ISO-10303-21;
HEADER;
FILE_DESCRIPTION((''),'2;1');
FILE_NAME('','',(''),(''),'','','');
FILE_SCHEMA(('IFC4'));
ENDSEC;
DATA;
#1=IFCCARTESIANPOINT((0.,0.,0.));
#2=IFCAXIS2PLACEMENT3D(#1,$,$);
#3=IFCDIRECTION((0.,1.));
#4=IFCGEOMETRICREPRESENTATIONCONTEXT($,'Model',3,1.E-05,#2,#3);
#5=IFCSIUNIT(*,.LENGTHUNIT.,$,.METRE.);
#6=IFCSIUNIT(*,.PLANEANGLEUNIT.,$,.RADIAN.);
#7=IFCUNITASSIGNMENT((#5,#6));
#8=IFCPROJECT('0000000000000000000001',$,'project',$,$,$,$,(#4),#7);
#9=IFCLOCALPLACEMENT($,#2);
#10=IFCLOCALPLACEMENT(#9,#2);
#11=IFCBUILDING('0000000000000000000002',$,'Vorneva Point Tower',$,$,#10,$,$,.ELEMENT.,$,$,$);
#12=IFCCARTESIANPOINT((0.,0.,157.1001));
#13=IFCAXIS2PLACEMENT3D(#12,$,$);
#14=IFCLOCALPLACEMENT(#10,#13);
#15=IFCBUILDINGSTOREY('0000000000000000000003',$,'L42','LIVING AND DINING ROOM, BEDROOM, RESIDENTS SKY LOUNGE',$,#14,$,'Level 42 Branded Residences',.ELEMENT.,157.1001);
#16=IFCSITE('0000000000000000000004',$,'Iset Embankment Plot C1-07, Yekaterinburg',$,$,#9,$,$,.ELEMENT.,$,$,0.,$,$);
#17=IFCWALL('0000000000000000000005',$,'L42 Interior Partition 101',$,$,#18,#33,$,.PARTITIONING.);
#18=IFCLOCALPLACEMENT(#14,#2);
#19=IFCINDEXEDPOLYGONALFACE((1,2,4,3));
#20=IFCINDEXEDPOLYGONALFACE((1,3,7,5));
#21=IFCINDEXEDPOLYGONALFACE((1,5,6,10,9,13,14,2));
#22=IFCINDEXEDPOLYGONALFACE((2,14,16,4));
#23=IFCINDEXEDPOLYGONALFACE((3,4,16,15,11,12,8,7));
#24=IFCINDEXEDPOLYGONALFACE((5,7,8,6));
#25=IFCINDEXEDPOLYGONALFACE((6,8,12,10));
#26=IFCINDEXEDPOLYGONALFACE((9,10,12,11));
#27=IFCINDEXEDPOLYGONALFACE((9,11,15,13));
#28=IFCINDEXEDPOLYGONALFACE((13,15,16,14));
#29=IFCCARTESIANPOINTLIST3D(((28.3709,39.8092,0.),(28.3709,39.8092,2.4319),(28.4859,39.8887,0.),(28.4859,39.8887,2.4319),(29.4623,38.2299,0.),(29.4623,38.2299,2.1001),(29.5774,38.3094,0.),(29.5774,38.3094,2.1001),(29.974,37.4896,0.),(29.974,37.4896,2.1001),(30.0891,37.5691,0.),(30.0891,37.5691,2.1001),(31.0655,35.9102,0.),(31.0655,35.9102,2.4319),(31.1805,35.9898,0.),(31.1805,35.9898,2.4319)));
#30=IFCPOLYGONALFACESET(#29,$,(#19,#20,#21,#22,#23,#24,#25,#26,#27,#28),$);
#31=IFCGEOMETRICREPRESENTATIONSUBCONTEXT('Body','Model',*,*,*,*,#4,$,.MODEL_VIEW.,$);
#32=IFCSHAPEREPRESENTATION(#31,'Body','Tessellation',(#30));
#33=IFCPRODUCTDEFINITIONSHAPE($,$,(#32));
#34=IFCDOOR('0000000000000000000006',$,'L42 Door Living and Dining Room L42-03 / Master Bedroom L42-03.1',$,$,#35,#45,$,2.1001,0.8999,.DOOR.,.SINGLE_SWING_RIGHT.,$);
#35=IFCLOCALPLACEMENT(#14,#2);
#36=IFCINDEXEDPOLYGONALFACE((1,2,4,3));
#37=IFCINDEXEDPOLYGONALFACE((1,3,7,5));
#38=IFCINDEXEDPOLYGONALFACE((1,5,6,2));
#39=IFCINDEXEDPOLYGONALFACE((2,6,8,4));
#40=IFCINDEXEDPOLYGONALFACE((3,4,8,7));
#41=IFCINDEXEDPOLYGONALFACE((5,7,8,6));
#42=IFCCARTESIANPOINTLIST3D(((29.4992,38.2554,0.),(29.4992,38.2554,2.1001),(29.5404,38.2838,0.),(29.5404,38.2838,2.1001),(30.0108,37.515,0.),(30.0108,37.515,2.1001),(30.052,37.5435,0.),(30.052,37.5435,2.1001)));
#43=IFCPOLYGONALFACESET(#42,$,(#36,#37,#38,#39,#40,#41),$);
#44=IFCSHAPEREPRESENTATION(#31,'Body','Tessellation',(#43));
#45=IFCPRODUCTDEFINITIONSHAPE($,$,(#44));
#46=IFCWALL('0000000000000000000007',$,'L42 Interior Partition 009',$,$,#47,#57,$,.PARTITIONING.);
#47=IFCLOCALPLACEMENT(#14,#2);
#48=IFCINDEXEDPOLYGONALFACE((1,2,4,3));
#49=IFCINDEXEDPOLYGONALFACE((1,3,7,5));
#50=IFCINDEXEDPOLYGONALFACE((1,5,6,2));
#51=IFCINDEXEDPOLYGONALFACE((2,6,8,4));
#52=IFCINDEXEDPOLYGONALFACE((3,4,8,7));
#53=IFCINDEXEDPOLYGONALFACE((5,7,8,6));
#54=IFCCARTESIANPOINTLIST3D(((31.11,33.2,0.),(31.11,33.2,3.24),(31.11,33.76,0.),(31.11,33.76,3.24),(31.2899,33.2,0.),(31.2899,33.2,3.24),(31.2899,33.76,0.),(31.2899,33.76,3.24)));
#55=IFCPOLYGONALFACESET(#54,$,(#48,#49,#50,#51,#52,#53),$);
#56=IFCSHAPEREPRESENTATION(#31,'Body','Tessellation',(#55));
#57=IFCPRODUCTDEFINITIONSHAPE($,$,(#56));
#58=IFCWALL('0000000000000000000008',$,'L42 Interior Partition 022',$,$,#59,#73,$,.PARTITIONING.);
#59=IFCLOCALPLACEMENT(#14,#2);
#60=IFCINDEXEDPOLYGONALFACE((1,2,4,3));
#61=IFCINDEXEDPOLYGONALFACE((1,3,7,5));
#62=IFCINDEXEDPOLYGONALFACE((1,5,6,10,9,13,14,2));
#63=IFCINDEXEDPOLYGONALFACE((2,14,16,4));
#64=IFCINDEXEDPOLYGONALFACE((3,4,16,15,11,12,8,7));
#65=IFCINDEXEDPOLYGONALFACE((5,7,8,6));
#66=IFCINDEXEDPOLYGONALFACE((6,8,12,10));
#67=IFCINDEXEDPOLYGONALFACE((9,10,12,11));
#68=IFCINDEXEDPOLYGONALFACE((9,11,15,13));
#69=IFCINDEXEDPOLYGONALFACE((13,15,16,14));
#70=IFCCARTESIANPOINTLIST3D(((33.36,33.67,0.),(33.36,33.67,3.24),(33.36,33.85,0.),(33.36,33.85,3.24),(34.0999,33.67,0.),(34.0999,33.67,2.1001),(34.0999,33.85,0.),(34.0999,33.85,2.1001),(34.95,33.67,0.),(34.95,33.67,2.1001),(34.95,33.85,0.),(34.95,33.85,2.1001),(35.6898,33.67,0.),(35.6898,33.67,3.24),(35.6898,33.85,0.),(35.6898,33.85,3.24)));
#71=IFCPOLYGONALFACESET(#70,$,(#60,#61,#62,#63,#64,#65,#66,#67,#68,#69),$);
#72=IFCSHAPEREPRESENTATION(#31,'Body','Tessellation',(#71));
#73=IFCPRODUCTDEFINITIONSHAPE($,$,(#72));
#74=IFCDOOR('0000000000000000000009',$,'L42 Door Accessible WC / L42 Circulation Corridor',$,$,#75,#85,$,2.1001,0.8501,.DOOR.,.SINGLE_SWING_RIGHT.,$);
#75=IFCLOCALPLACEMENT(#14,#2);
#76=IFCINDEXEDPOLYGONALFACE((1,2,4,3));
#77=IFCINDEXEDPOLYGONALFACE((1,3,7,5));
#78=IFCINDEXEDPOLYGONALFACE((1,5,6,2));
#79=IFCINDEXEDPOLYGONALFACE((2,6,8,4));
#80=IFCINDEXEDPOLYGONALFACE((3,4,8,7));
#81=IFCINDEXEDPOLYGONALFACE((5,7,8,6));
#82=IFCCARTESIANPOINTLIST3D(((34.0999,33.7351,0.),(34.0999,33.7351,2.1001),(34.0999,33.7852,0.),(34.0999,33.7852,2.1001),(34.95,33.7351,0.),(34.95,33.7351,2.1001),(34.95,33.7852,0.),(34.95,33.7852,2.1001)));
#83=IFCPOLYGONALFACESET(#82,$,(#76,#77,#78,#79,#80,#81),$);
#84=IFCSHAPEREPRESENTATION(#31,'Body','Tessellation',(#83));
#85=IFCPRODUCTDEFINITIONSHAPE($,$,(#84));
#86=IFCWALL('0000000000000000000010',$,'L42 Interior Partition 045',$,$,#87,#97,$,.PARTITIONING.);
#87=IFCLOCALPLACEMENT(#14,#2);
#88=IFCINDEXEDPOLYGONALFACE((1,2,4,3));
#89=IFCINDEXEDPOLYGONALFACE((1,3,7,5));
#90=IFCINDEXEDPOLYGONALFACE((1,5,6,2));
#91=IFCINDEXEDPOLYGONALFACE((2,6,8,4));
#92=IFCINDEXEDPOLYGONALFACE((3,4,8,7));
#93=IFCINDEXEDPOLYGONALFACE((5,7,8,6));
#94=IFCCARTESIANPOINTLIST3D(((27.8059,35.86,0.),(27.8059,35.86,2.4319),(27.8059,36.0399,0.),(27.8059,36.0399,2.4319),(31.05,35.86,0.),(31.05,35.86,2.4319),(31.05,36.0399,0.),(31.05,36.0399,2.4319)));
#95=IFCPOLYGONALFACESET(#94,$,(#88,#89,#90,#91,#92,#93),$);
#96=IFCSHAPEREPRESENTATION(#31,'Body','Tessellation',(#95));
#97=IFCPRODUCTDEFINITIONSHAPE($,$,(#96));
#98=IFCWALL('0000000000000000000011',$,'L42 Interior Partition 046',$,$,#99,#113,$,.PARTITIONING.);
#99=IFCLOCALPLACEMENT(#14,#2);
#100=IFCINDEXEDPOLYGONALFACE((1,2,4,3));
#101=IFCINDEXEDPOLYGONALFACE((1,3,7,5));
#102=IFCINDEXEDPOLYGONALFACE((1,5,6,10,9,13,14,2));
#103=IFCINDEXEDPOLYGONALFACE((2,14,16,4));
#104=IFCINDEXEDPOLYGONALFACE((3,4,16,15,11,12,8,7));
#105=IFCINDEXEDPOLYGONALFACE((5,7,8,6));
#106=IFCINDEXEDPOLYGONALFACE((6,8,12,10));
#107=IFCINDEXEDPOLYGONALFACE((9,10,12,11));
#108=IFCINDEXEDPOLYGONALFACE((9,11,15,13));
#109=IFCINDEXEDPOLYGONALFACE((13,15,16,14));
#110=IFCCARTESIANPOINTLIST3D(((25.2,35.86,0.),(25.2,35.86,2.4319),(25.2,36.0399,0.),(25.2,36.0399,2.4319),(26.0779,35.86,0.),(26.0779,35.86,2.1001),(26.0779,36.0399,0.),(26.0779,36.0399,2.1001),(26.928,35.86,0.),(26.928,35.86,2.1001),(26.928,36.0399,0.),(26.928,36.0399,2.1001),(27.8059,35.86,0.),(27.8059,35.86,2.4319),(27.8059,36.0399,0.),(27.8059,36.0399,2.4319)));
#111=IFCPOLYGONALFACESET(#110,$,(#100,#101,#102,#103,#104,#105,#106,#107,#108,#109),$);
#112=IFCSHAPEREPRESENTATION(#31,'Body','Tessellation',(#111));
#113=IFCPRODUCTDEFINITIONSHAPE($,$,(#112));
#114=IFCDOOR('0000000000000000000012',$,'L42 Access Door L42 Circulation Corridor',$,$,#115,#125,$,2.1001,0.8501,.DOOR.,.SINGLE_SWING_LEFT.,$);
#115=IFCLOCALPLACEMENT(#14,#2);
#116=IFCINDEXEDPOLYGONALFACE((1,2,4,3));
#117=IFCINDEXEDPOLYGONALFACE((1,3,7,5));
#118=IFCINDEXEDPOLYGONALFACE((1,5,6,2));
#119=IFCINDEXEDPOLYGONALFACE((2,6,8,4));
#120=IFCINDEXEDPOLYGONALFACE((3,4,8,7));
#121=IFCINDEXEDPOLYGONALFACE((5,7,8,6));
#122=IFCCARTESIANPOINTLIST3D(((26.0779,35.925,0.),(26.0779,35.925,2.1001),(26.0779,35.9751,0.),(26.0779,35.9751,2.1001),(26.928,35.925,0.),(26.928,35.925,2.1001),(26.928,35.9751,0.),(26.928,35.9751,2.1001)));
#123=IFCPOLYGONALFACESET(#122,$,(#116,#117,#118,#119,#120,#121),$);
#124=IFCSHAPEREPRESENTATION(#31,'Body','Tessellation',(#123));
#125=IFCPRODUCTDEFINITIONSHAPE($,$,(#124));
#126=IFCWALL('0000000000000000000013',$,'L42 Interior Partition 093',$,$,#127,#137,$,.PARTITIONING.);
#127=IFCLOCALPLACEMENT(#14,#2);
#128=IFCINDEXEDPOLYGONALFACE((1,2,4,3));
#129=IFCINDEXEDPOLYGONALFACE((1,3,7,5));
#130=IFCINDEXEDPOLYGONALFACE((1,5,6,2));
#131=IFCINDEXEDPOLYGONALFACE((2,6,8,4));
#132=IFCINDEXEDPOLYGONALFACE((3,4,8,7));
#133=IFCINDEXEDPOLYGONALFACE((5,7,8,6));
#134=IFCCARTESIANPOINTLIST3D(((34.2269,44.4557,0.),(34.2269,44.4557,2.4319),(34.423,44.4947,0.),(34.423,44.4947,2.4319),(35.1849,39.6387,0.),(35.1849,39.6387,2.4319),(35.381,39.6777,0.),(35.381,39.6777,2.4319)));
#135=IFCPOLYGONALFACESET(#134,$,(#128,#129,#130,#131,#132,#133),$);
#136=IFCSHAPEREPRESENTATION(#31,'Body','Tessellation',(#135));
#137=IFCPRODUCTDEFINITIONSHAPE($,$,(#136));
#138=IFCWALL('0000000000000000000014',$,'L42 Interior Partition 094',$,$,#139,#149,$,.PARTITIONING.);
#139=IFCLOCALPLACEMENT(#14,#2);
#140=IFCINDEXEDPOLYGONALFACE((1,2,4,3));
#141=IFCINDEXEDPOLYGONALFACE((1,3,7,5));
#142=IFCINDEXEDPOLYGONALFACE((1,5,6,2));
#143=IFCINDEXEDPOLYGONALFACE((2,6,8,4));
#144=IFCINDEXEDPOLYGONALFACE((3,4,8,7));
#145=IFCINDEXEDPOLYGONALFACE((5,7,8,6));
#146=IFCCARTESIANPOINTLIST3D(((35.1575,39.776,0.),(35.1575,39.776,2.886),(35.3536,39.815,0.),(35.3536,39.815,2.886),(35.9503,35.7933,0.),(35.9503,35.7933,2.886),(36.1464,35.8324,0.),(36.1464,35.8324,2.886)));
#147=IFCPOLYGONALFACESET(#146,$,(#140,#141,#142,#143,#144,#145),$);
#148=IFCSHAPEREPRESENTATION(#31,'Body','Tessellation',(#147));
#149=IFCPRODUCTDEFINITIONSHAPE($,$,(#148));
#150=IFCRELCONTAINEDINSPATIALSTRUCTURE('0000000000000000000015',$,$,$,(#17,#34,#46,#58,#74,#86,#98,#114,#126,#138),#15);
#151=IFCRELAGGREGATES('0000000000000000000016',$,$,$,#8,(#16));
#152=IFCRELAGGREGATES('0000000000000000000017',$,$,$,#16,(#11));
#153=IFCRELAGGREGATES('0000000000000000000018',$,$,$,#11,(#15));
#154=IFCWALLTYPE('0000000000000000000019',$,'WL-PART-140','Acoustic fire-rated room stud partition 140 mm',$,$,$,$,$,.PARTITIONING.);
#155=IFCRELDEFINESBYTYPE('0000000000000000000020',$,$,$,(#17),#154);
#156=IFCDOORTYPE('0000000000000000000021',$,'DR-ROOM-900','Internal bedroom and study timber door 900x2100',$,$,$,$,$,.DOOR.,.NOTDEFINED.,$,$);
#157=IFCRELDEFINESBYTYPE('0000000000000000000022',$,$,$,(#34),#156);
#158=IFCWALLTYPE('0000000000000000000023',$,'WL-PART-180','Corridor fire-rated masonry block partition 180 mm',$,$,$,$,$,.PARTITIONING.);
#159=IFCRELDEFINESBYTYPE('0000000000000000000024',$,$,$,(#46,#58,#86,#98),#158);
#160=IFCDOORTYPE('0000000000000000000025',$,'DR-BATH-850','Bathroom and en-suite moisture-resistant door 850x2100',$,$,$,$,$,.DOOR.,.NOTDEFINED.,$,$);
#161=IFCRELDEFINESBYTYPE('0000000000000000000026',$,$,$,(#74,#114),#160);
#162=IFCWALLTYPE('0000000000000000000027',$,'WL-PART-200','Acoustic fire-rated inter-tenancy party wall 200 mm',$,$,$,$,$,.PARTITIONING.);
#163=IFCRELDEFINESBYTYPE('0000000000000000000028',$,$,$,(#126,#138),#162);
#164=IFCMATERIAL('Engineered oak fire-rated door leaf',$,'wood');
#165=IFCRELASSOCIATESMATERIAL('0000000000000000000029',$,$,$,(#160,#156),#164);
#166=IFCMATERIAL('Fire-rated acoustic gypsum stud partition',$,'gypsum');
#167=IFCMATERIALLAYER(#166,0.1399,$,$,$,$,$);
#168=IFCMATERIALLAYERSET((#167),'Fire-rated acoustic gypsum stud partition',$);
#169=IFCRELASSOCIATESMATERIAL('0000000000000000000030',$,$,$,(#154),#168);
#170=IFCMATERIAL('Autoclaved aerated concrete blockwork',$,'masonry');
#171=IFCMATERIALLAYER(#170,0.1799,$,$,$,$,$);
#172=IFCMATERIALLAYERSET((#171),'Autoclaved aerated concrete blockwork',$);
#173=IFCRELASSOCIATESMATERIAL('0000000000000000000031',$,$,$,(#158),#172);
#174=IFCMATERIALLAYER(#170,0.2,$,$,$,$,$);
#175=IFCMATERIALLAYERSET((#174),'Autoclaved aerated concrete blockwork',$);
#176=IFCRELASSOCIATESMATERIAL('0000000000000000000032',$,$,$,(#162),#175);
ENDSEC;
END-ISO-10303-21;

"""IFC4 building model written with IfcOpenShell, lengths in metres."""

from ifc_helpers import new_model, si_unit, direction, frame, frame_2d, origin, place, context, subcontext, project, spatial, rectangle, extrude, material, layer, layer_set, type_object, element, fill, save


model = new_model("IFC4")

# Units and contexts
model_context = context("Model", 3, precision=1e-05, world=origin(), true_north=direction((0.0, 1.0)))
body_context = subcontext(model_context, "Body", "Model", "MODEL_VIEW")
ifc_project = project(units=[si_unit("LENGTHUNIT", "METRE"), si_unit("PLANEANGLEUNIT", "RADIAN")], contexts=[model_context])

# Site, building, storey
site_placement = place(None, origin())
site = spatial("IfcSite", under=ifc_project, at=site_placement, Name="Iset Embankment Plot C1-07, Yekaterinburg", CompositionType="ELEMENT", RefElevation=0.0)
building_placement = place(site_placement, origin())
building = spatial("IfcBuilding", under=site, at=building_placement, Name="Vorneva Point Tower", CompositionType="ELEMENT")
storey_placement = place(building_placement, frame((0.0, 0.0, 157.1001)))
storey = spatial("IfcBuildingStorey", under=building, at=storey_placement, Name="L42", Description="LIVING AND DINING ROOM, BEDROOM, RESIDENTS SKY LOUNGE", LongName="Level 42 Branded Residences", CompositionType="ELEMENT", Elevation=157.1001)

# Shared definitions
ifc_material_1 = material(Name="Fire-rated acoustic gypsum stud partition", Category="gypsum")
ifc_material_2 = material(Name="Engineered oak fire-rated door leaf", Category="wood")
door_type_1 = type_object("IfcDoorType", Name="DR-BATH-850", Description="Bathroom and en-suite moisture-resistant door 850x2100", OperationType="NOTDEFINED", PredefinedType="DOOR", material=ifc_material_2)

# Shared definitions
door_type_2 = type_object("IfcDoorType", Name="DR-ROOM-900", Description="Internal bedroom and study timber door 900x2100", OperationType="NOTDEFINED", PredefinedType="DOOR", material=ifc_material_2)

# Wall, opening, door
ifc_layer_1 = layer(ifc_material_1, 0.1399)
ifc_layer_set_1 = layer_set([ifc_layer_1], Name="Fire-rated acoustic gypsum stud partition")
wall_type_1 = type_object("IfcWallType", Name="WL-PART-140", Description="Acoustic fire-rated room stud partition 140 mm", PredefinedType="PARTITIONING", material=ifc_layer_set_1)
wall_1_placement = place(storey_placement, frame((28.4285, 39.8489, 0.0), z_axis=(0.0, 0.0, 1.0), x_axis=(0.568543, -0.822654, 0.0)))
wall_1 = element("IfcWall", 1, at=wall_1_placement, inside=storey, type_object=wall_type_1, Name="L42 Interior Partition 101", PredefinedType="PARTITIONING", context=body_context, shape_type="SweptSolid", body=[
    extrude(rectangle(XDim=4.7395, YDim=0.1399, at=frame_2d((2.3696, 0.0))), origin(), (0.0, 0.0, 1.0), 2.4319),
])
opening_1_placement = place(wall_1_placement, frame((1.9197, 0.0, 0.0)))
opening_1 = element("IfcOpeningElement", 2, at=opening_1_placement, cuts=wall_1, PredefinedType="OPENING", context=body_context, shape_type="SweptSolid", body=[
    extrude(rectangle(XDim=0.8999, YDim=2.1001, at=frame_2d((0.45, 1.05))), frame((0.0, 0.085, 0.0), z_axis=(0.0, -1.0, 0.0), x_axis=(1.0, 0.0, 0.0)), (0.0, 0.0, 1.0), 0.1697),
])
door_1_placement = place(opening_1_placement, origin())
door_1 = element("IfcDoor", 3, at=door_1_placement, inside=storey, type_object=door_type_2, Name="L42 Door Living and Dining Room L42-03 / Master Bedroom L42-03.1", OperationType="SINGLE_SWING_RIGHT", OverallHeight=2.1001, OverallWidth=0.8999, PredefinedType="DOOR", context=body_context, shape_type="SweptSolid", body=[
    extrude(rectangle(XDim=0.8999, YDim=2.1001, at=frame_2d((0.45, 1.05))), frame((0.0, 0.0249, 0.0), z_axis=(0.0, -1.0, 0.0), x_axis=(1.0, 0.0, 0.0)), (0.0, 0.0, 1.0), 0.05),
])
fill(opening_1, door_1)
ifc_material_3 = material(Name="Autoclaved aerated concrete blockwork", Category="masonry")
ifc_layer_2 = layer(ifc_material_3, 0.1799)
ifc_layer_set_2 = layer_set([ifc_layer_2], Name="Autoclaved aerated concrete blockwork")
wall_type_2 = type_object("IfcWallType", Name="WL-PART-180", Description="Corridor fire-rated masonry block partition 180 mm", PredefinedType="PARTITIONING", material=ifc_layer_set_2)

# Wall
wall_2_placement = place(storey_placement, frame((31.2, 33.76, 0.0), z_axis=(0.0, 0.0, 1.0), x_axis=(0.0, -1.0, 0.0)))
element("IfcWall", 4, at=wall_2_placement, inside=storey, type_object=wall_type_2, Name="L42 Interior Partition 009", PredefinedType="PARTITIONING", context=body_context, shape_type="SweptSolid", body=[
    extrude(rectangle(XDim=0.5601, YDim=0.1799, at=frame_2d((0.28, 0.0))), origin(), (0.0, 0.0, 1.0), 3.24),
])

# Wall, opening, door
wall_3_placement = place(storey_placement, frame((35.6899, 33.76, 0.0), z_axis=(0.0, 0.0, 1.0), x_axis=(-1.0, 0.0, 0.0)))
wall_3 = element("IfcWall", 5, at=wall_3_placement, inside=storey, type_object=wall_type_2, Name="L42 Interior Partition 022", PredefinedType="PARTITIONING", context=body_context, shape_type="SweptSolid", body=[
    extrude(rectangle(XDim=2.3298, YDim=0.1799, at=frame_2d((1.165, 0.0))), origin(), (0.0, 0.0, 1.0), 3.24),
])
opening_2_placement = place(wall_3_placement, frame((0.74, 0.0, 0.0)))
opening_2 = element("IfcOpeningElement", 6, at=opening_2_placement, cuts=wall_3, PredefinedType="OPENING", context=body_context, shape_type="SweptSolid", body=[
    extrude(rectangle(XDim=0.8501, YDim=2.1001, at=frame_2d((0.425, 1.05))), frame((0.0, 0.105, 0.0), z_axis=(0.0, -1.0, 0.0), x_axis=(1.0, 0.0, 0.0)), (0.0, 0.0, 1.0), 0.2097),
])
door_2_placement = place(opening_2_placement, origin())
door_2 = element("IfcDoor", 7, at=door_2_placement, inside=storey, type_object=door_type_1, Name="L42 Door Accessible WC / L42 Circulation Corridor", OperationType="SINGLE_SWING_RIGHT", OverallHeight=2.1001, OverallWidth=0.8501, PredefinedType="DOOR", context=body_context, shape_type="SweptSolid", body=[
    extrude(rectangle(XDim=0.8501, YDim=2.1001, at=frame_2d((0.425, 1.05))), frame((0.0, 0.0249, 0.0), z_axis=(0.0, -1.0, 0.0), x_axis=(1.0, 0.0, 0.0)), (0.0, 0.0, 1.0), 0.05),
])
fill(opening_2, door_2)

# Wall
wall_4_placement = place(storey_placement, frame((31.05, 35.95, 0.0), z_axis=(0.0, 0.0, 1.0), x_axis=(-1.0, 0.0, 0.0)))
element("IfcWall", 8, at=wall_4_placement, inside=storey, type_object=wall_type_2, Name="L42 Interior Partition 045", PredefinedType="PARTITIONING", context=body_context, shape_type="SweptSolid", body=[
    extrude(rectangle(XDim=3.2441, YDim=0.1799, at=frame_2d((1.6221, 0.0))), origin(), (0.0, 0.0, 1.0), 2.4319),
])

# Wall, opening, door
wall_5_placement = place(storey_placement, frame((27.8059, 35.95, 0.0), z_axis=(0.0, 0.0, 1.0), x_axis=(-1.0, 0.0, 0.0)))
wall_5 = element("IfcWall", 9, at=wall_5_placement, inside=storey, type_object=wall_type_2, Name="L42 Interior Partition 046", PredefinedType="PARTITIONING", context=body_context, shape_type="SweptSolid", body=[
    extrude(rectangle(XDim=2.606, YDim=0.1799, at=frame_2d((1.303, 0.0))), origin(), (0.0, 0.0, 1.0), 2.4319),
])
opening_3_placement = place(wall_5_placement, frame((0.8779, 0.0, 0.0)))
opening_3 = element("IfcOpeningElement", 10, at=opening_3_placement, cuts=wall_5, PredefinedType="OPENING", context=body_context, shape_type="SweptSolid", body=[
    extrude(rectangle(XDim=0.8501, YDim=2.1001, at=frame_2d((0.425, 1.05))), frame((0.0, 0.105, 0.0), z_axis=(0.0, -1.0, 0.0), x_axis=(1.0, 0.0, 0.0)), (0.0, 0.0, 1.0), 0.2097),
])
door_3_placement = place(opening_3_placement, origin())
door_3 = element("IfcDoor", 11, at=door_3_placement, inside=storey, type_object=door_type_1, Name="L42 Access Door L42 Circulation Corridor", OperationType="SINGLE_SWING_LEFT", OverallHeight=2.1001, OverallWidth=0.8501, PredefinedType="DOOR", context=body_context, shape_type="SweptSolid", body=[
    extrude(rectangle(XDim=0.8501, YDim=2.1001, at=frame_2d((0.425, 1.05))), frame((0.0, 0.0249, 0.0), z_axis=(0.0, -1.0, 0.0), x_axis=(1.0, 0.0, 0.0)), (0.0, 0.0, 1.0), 0.05),
])
fill(opening_3, door_3)

# Walls
ifc_layer_3 = layer(ifc_material_3, 0.2)
ifc_layer_set_3 = layer_set([ifc_layer_3], Name="Autoclaved aerated concrete blockwork")
wall_type_3 = type_object("IfcWallType", Name="WL-PART-200", Description="Acoustic fire-rated inter-tenancy party wall 200 mm", PredefinedType="PARTITIONING", material=ifc_layer_set_3)
wall_6_placement = place(storey_placement, frame((34.325, 44.4751, 0.0), z_axis=(0.0, 0.0, 1.0), x_axis=(0.195055, -0.980792, 0.0)))
element("IfcWall", 12, at=wall_6_placement, inside=storey, type_object=wall_type_3, Name="L42 Interior Partition 093", PredefinedType="PARTITIONING", context=body_context, shape_type="SweptSolid", body=[
    extrude(rectangle(XDim=4.9114, YDim=0.2, at=frame_2d((2.4556, 0.0))), origin(), (0.0, 0.0, 1.0), 2.4319),
])
wall_7_placement = place(storey_placement, frame((35.2556, 39.7954, 0.0), z_axis=(0.0, 0.0, 1.0), x_axis=(0.195214, -0.980761, 0.0)))
element("IfcWall", 13, at=wall_7_placement, inside=storey, type_object=wall_type_3, Name="L42 Interior Partition 094", PredefinedType="PARTITIONING", context=body_context, shape_type="SweptSolid", body=[
    extrude(rectangle(XDim=4.0608, YDim=0.2, at=frame_2d((2.0303, 0.0))), origin(), (0.0, 0.0, 1.0), 2.886),
])

save(model, "model.ifc")
